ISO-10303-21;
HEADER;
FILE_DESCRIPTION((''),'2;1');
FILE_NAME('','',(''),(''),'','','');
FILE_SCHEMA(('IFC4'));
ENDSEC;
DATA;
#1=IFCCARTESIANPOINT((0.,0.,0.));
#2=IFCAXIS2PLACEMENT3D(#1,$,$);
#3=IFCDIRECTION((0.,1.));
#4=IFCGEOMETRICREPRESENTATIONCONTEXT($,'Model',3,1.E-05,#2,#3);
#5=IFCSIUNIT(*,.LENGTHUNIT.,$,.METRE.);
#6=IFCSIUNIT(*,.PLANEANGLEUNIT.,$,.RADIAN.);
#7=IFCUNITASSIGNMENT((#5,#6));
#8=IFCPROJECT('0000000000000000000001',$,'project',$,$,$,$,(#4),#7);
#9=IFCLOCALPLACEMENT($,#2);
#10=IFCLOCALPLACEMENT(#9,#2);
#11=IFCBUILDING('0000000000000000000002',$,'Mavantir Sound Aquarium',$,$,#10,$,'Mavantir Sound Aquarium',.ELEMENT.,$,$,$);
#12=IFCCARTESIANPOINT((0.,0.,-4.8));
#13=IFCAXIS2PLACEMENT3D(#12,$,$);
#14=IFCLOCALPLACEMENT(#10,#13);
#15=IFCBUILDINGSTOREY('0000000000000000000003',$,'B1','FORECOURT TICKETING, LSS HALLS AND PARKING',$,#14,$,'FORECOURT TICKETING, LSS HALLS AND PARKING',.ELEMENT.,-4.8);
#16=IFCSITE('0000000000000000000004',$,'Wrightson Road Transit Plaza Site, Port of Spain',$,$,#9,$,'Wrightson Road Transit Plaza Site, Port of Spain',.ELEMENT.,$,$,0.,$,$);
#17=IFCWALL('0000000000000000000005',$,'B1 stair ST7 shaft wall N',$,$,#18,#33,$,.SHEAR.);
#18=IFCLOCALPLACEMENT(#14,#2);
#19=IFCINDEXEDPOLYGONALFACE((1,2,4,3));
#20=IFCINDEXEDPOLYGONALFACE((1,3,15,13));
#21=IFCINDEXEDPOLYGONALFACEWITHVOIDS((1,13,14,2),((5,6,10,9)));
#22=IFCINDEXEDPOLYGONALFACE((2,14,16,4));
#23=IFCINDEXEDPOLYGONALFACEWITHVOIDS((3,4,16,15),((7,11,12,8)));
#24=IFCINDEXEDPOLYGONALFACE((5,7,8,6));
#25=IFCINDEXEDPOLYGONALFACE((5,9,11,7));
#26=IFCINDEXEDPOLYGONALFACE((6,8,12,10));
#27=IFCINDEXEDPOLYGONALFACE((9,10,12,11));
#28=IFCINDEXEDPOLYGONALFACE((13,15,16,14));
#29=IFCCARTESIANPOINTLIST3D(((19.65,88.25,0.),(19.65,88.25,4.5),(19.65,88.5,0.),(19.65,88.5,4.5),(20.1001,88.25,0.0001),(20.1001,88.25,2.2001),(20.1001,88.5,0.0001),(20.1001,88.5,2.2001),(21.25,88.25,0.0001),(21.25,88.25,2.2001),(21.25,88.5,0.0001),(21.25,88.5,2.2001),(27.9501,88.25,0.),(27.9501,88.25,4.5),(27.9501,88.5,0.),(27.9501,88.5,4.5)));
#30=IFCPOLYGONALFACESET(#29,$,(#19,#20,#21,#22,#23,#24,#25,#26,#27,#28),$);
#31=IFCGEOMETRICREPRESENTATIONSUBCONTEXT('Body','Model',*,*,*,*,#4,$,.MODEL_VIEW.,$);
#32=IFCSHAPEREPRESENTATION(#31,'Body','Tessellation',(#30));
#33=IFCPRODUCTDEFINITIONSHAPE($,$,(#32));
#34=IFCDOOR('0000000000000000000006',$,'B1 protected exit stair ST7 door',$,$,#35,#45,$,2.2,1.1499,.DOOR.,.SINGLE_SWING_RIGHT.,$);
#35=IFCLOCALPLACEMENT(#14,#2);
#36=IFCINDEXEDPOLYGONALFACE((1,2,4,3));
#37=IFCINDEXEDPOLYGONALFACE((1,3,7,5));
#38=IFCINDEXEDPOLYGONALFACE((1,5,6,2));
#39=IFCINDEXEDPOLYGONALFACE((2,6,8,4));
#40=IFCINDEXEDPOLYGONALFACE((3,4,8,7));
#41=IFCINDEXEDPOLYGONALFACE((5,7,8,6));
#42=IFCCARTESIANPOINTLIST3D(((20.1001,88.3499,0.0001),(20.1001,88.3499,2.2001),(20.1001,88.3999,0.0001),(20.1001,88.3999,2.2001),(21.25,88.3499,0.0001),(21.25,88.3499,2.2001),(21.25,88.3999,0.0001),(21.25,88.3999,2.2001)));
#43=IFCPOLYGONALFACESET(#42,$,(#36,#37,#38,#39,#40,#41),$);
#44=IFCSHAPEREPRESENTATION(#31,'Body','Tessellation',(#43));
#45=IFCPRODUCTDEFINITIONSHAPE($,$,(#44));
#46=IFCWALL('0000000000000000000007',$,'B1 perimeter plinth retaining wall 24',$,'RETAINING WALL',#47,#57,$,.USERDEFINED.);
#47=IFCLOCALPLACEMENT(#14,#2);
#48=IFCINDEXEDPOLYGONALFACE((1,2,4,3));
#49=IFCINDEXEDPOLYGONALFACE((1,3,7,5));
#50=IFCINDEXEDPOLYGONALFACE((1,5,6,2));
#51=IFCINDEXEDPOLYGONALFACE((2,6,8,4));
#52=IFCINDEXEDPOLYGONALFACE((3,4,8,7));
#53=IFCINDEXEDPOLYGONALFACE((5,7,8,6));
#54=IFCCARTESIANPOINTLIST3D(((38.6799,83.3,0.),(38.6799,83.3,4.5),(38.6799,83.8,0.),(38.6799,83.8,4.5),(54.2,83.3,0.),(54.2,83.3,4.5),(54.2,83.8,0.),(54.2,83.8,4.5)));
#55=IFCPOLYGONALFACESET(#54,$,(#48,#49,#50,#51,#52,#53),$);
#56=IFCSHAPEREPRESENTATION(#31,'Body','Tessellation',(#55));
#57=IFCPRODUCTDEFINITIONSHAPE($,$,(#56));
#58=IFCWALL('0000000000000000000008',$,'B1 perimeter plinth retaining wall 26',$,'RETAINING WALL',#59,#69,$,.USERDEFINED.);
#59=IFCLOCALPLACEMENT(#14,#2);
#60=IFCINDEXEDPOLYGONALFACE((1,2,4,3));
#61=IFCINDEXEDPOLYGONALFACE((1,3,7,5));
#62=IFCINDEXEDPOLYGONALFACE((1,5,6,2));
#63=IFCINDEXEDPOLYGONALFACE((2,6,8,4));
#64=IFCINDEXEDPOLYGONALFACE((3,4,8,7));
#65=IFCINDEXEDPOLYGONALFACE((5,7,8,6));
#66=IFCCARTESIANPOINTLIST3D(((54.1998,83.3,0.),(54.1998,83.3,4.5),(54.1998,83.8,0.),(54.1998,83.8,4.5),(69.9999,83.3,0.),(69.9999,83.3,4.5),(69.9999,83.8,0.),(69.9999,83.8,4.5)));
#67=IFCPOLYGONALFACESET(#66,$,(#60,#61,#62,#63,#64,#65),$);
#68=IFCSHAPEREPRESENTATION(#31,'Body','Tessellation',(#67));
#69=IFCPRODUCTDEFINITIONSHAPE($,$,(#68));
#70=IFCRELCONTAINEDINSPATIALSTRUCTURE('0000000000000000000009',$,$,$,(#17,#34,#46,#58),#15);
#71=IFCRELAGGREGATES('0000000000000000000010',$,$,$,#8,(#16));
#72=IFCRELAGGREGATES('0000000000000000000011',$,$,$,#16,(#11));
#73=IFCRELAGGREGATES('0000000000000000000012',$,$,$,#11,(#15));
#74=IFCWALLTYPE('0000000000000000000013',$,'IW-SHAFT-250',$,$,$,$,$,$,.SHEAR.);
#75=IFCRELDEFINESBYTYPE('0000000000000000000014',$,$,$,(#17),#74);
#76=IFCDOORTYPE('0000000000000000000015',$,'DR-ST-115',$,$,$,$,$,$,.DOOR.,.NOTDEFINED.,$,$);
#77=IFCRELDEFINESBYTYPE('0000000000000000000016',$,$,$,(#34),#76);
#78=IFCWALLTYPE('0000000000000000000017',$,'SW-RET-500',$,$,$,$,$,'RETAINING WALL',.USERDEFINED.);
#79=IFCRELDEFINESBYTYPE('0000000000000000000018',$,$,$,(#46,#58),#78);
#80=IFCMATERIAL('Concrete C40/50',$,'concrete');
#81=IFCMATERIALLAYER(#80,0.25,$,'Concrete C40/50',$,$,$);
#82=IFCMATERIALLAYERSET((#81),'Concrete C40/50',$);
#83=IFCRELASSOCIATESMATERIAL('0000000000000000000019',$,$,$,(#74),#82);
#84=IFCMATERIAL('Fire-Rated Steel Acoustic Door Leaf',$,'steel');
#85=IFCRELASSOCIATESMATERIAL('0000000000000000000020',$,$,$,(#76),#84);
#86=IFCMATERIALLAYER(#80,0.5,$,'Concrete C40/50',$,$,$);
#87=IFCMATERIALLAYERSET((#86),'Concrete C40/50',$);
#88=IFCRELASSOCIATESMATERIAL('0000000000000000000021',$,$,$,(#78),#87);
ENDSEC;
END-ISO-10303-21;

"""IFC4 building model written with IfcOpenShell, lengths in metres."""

from ifc_helpers import new_model, si_unit, direction, frame, frame_2d, origin, place, context, subcontext, project, spatial, rectangle, extrude, material, layer, layer_set, type_object, element, fill, save


model = new_model("IFC4")

# Units and contexts
model_context = context("Model", 3, precision=1e-05, world=origin(), true_north=direction((0.0, 1.0)))
body_context = subcontext(model_context, "Body", "Model", "MODEL_VIEW")
ifc_project = project(units=[si_unit("LENGTHUNIT", "METRE"), si_unit("PLANEANGLEUNIT", "RADIAN")], contexts=[model_context])

# Site, building, storey
site_placement = place(None, origin())
site = spatial("IfcSite", under=ifc_project, at=site_placement, Name="Wrightson Road Transit Plaza Site, Port of Spain", LongName="Wrightson Road Transit Plaza Site, Port of Spain", CompositionType="ELEMENT", RefElevation=0.0)
building_placement = place(site_placement, origin())
building = spatial("IfcBuilding", under=site, at=building_placement, Name="Mavantir Sound Aquarium", LongName="Mavantir Sound Aquarium", CompositionType="ELEMENT")
storey_placement = place(building_placement, frame((0.0, 0.0, -4.8)))
storey = spatial("IfcBuildingStorey", under=building, at=storey_placement, Name="B1", Description="FORECOURT TICKETING, LSS HALLS AND PARKING", LongName="FORECOURT TICKETING, LSS HALLS AND PARKING", CompositionType="ELEMENT", Elevation=-4.8)

# Shared definitions
ifc_material_1 = material(Name="Concrete C40/50", Category="concrete")

# Wall, opening, door
ifc_layer_1 = layer(ifc_material_1, 0.25, Name="Concrete C40/50")
ifc_layer_set_1 = layer_set([ifc_layer_1], Name="Concrete C40/50")
wall_type_1 = type_object("IfcWallType", Name="IW-SHAFT-250", PredefinedType="SHEAR", material=ifc_layer_set_1)
wall_1_placement = place(storey_placement, frame((27.95, 88.375, 0.0), z_axis=(0.0, 0.0, 1.0), x_axis=(-1.0, 0.0, 0.0)))
wall_1 = element("IfcWall", 1, at=wall_1_placement, inside=storey, type_object=wall_type_1, Name="B1 stair ST7 shaft wall N", PredefinedType="SHEAR", context=body_context, shape_type="SweptSolid", body=[
    extrude(rectangle(XDim=8.3, YDim=0.25, at=frame_2d((4.1499, 0.0))), origin(), (0.0, 0.0, 1.0), 4.5),
])
opening_placement = place(wall_1_placement, frame((7.8499, 0.0, 0.0), z_axis=(0.0, 0.0, 1.0), x_axis=(-1.0, 0.0, 0.0)))
opening = element("IfcOpeningElement", 2, at=opening_placement, cuts=wall_1, PredefinedType="OPENING", context=body_context, shape_type="SweptSolid", body=[
    extrude(rectangle(XDim=1.1499, YDim=2.2, at=frame_2d((0.575, 1.1001))), frame((0.0, 0.135, 0.0), z_axis=(0.0, -1.0, 0.0), x_axis=(1.0, 0.0, 0.0)), (0.0, 0.0, 1.0), 0.27),
])
ifc_material_2 = material(Name="Fire-Rated Steel Acoustic Door Leaf", Category="steel")
door_type = type_object("IfcDoorType", Name="DR-ST-115", OperationType="NOTDEFINED", PredefinedType="DOOR", material=ifc_material_2)
door_placement = place(opening_placement, origin())
door = element("IfcDoor", 3, at=door_placement, inside=storey, type_object=door_type, Name="B1 protected exit stair ST7 door", OperationType="SINGLE_SWING_RIGHT", OverallHeight=2.2, OverallWidth=1.1499, PredefinedType="DOOR", context=body_context, shape_type="SweptSolid", body=[
    extrude(rectangle(XDim=1.1499, YDim=2.2, at=frame_2d((0.575, 1.1001))), frame((0.0, 0.0249, 0.0), z_axis=(0.0, -1.0, 0.0), x_axis=(1.0, 0.0, 0.0)), (0.0, 0.0, 1.0), 0.05),
])
fill(opening, door)

# Walls
ifc_layer_2 = layer(ifc_material_1, 0.5, Name="Concrete C40/50")
ifc_layer_set_2 = layer_set([ifc_layer_2], Name="Concrete C40/50")
wall_type_2 = type_object("IfcWallType", Name="SW-RET-500", ElementType="RETAINING WALL", PredefinedType="USERDEFINED", material=ifc_layer_set_2)
wall_2_placement = place(storey_placement, frame((38.6799, 83.55, 0.0), z_axis=(0.0, 0.0, 1.0), x_axis=(1.0, 0.0, 0.0)))
element("IfcWall", 4, at=wall_2_placement, inside=storey, type_object=wall_type_2, Name="B1 perimeter plinth retaining wall 24", ObjectType="RETAINING WALL", PredefinedType="USERDEFINED", context=body_context, shape_type="SweptSolid", body=[
    extrude(rectangle(XDim=15.52, YDim=0.5, at=frame_2d((7.76, 0.0))), origin(), (0.0, 0.0, 1.0), 4.5),
])
wall_3_placement = place(storey_placement, frame((54.2, 83.55, 0.0), z_axis=(0.0, 0.0, 1.0), x_axis=(1.0, 0.0, 0.0)))
element("IfcWall", 5, at=wall_3_placement, inside=storey, type_object=wall_type_2, Name="B1 perimeter plinth retaining wall 26", ObjectType="RETAINING WALL", PredefinedType="USERDEFINED", context=body_context, shape_type="SweptSolid", body=[
    extrude(rectangle(XDim=15.8, YDim=0.5, at=frame_2d((7.8999, 0.0))), origin(), (0.0, 0.0, 1.0), 4.5),
])

save(model, "model.ifc")
